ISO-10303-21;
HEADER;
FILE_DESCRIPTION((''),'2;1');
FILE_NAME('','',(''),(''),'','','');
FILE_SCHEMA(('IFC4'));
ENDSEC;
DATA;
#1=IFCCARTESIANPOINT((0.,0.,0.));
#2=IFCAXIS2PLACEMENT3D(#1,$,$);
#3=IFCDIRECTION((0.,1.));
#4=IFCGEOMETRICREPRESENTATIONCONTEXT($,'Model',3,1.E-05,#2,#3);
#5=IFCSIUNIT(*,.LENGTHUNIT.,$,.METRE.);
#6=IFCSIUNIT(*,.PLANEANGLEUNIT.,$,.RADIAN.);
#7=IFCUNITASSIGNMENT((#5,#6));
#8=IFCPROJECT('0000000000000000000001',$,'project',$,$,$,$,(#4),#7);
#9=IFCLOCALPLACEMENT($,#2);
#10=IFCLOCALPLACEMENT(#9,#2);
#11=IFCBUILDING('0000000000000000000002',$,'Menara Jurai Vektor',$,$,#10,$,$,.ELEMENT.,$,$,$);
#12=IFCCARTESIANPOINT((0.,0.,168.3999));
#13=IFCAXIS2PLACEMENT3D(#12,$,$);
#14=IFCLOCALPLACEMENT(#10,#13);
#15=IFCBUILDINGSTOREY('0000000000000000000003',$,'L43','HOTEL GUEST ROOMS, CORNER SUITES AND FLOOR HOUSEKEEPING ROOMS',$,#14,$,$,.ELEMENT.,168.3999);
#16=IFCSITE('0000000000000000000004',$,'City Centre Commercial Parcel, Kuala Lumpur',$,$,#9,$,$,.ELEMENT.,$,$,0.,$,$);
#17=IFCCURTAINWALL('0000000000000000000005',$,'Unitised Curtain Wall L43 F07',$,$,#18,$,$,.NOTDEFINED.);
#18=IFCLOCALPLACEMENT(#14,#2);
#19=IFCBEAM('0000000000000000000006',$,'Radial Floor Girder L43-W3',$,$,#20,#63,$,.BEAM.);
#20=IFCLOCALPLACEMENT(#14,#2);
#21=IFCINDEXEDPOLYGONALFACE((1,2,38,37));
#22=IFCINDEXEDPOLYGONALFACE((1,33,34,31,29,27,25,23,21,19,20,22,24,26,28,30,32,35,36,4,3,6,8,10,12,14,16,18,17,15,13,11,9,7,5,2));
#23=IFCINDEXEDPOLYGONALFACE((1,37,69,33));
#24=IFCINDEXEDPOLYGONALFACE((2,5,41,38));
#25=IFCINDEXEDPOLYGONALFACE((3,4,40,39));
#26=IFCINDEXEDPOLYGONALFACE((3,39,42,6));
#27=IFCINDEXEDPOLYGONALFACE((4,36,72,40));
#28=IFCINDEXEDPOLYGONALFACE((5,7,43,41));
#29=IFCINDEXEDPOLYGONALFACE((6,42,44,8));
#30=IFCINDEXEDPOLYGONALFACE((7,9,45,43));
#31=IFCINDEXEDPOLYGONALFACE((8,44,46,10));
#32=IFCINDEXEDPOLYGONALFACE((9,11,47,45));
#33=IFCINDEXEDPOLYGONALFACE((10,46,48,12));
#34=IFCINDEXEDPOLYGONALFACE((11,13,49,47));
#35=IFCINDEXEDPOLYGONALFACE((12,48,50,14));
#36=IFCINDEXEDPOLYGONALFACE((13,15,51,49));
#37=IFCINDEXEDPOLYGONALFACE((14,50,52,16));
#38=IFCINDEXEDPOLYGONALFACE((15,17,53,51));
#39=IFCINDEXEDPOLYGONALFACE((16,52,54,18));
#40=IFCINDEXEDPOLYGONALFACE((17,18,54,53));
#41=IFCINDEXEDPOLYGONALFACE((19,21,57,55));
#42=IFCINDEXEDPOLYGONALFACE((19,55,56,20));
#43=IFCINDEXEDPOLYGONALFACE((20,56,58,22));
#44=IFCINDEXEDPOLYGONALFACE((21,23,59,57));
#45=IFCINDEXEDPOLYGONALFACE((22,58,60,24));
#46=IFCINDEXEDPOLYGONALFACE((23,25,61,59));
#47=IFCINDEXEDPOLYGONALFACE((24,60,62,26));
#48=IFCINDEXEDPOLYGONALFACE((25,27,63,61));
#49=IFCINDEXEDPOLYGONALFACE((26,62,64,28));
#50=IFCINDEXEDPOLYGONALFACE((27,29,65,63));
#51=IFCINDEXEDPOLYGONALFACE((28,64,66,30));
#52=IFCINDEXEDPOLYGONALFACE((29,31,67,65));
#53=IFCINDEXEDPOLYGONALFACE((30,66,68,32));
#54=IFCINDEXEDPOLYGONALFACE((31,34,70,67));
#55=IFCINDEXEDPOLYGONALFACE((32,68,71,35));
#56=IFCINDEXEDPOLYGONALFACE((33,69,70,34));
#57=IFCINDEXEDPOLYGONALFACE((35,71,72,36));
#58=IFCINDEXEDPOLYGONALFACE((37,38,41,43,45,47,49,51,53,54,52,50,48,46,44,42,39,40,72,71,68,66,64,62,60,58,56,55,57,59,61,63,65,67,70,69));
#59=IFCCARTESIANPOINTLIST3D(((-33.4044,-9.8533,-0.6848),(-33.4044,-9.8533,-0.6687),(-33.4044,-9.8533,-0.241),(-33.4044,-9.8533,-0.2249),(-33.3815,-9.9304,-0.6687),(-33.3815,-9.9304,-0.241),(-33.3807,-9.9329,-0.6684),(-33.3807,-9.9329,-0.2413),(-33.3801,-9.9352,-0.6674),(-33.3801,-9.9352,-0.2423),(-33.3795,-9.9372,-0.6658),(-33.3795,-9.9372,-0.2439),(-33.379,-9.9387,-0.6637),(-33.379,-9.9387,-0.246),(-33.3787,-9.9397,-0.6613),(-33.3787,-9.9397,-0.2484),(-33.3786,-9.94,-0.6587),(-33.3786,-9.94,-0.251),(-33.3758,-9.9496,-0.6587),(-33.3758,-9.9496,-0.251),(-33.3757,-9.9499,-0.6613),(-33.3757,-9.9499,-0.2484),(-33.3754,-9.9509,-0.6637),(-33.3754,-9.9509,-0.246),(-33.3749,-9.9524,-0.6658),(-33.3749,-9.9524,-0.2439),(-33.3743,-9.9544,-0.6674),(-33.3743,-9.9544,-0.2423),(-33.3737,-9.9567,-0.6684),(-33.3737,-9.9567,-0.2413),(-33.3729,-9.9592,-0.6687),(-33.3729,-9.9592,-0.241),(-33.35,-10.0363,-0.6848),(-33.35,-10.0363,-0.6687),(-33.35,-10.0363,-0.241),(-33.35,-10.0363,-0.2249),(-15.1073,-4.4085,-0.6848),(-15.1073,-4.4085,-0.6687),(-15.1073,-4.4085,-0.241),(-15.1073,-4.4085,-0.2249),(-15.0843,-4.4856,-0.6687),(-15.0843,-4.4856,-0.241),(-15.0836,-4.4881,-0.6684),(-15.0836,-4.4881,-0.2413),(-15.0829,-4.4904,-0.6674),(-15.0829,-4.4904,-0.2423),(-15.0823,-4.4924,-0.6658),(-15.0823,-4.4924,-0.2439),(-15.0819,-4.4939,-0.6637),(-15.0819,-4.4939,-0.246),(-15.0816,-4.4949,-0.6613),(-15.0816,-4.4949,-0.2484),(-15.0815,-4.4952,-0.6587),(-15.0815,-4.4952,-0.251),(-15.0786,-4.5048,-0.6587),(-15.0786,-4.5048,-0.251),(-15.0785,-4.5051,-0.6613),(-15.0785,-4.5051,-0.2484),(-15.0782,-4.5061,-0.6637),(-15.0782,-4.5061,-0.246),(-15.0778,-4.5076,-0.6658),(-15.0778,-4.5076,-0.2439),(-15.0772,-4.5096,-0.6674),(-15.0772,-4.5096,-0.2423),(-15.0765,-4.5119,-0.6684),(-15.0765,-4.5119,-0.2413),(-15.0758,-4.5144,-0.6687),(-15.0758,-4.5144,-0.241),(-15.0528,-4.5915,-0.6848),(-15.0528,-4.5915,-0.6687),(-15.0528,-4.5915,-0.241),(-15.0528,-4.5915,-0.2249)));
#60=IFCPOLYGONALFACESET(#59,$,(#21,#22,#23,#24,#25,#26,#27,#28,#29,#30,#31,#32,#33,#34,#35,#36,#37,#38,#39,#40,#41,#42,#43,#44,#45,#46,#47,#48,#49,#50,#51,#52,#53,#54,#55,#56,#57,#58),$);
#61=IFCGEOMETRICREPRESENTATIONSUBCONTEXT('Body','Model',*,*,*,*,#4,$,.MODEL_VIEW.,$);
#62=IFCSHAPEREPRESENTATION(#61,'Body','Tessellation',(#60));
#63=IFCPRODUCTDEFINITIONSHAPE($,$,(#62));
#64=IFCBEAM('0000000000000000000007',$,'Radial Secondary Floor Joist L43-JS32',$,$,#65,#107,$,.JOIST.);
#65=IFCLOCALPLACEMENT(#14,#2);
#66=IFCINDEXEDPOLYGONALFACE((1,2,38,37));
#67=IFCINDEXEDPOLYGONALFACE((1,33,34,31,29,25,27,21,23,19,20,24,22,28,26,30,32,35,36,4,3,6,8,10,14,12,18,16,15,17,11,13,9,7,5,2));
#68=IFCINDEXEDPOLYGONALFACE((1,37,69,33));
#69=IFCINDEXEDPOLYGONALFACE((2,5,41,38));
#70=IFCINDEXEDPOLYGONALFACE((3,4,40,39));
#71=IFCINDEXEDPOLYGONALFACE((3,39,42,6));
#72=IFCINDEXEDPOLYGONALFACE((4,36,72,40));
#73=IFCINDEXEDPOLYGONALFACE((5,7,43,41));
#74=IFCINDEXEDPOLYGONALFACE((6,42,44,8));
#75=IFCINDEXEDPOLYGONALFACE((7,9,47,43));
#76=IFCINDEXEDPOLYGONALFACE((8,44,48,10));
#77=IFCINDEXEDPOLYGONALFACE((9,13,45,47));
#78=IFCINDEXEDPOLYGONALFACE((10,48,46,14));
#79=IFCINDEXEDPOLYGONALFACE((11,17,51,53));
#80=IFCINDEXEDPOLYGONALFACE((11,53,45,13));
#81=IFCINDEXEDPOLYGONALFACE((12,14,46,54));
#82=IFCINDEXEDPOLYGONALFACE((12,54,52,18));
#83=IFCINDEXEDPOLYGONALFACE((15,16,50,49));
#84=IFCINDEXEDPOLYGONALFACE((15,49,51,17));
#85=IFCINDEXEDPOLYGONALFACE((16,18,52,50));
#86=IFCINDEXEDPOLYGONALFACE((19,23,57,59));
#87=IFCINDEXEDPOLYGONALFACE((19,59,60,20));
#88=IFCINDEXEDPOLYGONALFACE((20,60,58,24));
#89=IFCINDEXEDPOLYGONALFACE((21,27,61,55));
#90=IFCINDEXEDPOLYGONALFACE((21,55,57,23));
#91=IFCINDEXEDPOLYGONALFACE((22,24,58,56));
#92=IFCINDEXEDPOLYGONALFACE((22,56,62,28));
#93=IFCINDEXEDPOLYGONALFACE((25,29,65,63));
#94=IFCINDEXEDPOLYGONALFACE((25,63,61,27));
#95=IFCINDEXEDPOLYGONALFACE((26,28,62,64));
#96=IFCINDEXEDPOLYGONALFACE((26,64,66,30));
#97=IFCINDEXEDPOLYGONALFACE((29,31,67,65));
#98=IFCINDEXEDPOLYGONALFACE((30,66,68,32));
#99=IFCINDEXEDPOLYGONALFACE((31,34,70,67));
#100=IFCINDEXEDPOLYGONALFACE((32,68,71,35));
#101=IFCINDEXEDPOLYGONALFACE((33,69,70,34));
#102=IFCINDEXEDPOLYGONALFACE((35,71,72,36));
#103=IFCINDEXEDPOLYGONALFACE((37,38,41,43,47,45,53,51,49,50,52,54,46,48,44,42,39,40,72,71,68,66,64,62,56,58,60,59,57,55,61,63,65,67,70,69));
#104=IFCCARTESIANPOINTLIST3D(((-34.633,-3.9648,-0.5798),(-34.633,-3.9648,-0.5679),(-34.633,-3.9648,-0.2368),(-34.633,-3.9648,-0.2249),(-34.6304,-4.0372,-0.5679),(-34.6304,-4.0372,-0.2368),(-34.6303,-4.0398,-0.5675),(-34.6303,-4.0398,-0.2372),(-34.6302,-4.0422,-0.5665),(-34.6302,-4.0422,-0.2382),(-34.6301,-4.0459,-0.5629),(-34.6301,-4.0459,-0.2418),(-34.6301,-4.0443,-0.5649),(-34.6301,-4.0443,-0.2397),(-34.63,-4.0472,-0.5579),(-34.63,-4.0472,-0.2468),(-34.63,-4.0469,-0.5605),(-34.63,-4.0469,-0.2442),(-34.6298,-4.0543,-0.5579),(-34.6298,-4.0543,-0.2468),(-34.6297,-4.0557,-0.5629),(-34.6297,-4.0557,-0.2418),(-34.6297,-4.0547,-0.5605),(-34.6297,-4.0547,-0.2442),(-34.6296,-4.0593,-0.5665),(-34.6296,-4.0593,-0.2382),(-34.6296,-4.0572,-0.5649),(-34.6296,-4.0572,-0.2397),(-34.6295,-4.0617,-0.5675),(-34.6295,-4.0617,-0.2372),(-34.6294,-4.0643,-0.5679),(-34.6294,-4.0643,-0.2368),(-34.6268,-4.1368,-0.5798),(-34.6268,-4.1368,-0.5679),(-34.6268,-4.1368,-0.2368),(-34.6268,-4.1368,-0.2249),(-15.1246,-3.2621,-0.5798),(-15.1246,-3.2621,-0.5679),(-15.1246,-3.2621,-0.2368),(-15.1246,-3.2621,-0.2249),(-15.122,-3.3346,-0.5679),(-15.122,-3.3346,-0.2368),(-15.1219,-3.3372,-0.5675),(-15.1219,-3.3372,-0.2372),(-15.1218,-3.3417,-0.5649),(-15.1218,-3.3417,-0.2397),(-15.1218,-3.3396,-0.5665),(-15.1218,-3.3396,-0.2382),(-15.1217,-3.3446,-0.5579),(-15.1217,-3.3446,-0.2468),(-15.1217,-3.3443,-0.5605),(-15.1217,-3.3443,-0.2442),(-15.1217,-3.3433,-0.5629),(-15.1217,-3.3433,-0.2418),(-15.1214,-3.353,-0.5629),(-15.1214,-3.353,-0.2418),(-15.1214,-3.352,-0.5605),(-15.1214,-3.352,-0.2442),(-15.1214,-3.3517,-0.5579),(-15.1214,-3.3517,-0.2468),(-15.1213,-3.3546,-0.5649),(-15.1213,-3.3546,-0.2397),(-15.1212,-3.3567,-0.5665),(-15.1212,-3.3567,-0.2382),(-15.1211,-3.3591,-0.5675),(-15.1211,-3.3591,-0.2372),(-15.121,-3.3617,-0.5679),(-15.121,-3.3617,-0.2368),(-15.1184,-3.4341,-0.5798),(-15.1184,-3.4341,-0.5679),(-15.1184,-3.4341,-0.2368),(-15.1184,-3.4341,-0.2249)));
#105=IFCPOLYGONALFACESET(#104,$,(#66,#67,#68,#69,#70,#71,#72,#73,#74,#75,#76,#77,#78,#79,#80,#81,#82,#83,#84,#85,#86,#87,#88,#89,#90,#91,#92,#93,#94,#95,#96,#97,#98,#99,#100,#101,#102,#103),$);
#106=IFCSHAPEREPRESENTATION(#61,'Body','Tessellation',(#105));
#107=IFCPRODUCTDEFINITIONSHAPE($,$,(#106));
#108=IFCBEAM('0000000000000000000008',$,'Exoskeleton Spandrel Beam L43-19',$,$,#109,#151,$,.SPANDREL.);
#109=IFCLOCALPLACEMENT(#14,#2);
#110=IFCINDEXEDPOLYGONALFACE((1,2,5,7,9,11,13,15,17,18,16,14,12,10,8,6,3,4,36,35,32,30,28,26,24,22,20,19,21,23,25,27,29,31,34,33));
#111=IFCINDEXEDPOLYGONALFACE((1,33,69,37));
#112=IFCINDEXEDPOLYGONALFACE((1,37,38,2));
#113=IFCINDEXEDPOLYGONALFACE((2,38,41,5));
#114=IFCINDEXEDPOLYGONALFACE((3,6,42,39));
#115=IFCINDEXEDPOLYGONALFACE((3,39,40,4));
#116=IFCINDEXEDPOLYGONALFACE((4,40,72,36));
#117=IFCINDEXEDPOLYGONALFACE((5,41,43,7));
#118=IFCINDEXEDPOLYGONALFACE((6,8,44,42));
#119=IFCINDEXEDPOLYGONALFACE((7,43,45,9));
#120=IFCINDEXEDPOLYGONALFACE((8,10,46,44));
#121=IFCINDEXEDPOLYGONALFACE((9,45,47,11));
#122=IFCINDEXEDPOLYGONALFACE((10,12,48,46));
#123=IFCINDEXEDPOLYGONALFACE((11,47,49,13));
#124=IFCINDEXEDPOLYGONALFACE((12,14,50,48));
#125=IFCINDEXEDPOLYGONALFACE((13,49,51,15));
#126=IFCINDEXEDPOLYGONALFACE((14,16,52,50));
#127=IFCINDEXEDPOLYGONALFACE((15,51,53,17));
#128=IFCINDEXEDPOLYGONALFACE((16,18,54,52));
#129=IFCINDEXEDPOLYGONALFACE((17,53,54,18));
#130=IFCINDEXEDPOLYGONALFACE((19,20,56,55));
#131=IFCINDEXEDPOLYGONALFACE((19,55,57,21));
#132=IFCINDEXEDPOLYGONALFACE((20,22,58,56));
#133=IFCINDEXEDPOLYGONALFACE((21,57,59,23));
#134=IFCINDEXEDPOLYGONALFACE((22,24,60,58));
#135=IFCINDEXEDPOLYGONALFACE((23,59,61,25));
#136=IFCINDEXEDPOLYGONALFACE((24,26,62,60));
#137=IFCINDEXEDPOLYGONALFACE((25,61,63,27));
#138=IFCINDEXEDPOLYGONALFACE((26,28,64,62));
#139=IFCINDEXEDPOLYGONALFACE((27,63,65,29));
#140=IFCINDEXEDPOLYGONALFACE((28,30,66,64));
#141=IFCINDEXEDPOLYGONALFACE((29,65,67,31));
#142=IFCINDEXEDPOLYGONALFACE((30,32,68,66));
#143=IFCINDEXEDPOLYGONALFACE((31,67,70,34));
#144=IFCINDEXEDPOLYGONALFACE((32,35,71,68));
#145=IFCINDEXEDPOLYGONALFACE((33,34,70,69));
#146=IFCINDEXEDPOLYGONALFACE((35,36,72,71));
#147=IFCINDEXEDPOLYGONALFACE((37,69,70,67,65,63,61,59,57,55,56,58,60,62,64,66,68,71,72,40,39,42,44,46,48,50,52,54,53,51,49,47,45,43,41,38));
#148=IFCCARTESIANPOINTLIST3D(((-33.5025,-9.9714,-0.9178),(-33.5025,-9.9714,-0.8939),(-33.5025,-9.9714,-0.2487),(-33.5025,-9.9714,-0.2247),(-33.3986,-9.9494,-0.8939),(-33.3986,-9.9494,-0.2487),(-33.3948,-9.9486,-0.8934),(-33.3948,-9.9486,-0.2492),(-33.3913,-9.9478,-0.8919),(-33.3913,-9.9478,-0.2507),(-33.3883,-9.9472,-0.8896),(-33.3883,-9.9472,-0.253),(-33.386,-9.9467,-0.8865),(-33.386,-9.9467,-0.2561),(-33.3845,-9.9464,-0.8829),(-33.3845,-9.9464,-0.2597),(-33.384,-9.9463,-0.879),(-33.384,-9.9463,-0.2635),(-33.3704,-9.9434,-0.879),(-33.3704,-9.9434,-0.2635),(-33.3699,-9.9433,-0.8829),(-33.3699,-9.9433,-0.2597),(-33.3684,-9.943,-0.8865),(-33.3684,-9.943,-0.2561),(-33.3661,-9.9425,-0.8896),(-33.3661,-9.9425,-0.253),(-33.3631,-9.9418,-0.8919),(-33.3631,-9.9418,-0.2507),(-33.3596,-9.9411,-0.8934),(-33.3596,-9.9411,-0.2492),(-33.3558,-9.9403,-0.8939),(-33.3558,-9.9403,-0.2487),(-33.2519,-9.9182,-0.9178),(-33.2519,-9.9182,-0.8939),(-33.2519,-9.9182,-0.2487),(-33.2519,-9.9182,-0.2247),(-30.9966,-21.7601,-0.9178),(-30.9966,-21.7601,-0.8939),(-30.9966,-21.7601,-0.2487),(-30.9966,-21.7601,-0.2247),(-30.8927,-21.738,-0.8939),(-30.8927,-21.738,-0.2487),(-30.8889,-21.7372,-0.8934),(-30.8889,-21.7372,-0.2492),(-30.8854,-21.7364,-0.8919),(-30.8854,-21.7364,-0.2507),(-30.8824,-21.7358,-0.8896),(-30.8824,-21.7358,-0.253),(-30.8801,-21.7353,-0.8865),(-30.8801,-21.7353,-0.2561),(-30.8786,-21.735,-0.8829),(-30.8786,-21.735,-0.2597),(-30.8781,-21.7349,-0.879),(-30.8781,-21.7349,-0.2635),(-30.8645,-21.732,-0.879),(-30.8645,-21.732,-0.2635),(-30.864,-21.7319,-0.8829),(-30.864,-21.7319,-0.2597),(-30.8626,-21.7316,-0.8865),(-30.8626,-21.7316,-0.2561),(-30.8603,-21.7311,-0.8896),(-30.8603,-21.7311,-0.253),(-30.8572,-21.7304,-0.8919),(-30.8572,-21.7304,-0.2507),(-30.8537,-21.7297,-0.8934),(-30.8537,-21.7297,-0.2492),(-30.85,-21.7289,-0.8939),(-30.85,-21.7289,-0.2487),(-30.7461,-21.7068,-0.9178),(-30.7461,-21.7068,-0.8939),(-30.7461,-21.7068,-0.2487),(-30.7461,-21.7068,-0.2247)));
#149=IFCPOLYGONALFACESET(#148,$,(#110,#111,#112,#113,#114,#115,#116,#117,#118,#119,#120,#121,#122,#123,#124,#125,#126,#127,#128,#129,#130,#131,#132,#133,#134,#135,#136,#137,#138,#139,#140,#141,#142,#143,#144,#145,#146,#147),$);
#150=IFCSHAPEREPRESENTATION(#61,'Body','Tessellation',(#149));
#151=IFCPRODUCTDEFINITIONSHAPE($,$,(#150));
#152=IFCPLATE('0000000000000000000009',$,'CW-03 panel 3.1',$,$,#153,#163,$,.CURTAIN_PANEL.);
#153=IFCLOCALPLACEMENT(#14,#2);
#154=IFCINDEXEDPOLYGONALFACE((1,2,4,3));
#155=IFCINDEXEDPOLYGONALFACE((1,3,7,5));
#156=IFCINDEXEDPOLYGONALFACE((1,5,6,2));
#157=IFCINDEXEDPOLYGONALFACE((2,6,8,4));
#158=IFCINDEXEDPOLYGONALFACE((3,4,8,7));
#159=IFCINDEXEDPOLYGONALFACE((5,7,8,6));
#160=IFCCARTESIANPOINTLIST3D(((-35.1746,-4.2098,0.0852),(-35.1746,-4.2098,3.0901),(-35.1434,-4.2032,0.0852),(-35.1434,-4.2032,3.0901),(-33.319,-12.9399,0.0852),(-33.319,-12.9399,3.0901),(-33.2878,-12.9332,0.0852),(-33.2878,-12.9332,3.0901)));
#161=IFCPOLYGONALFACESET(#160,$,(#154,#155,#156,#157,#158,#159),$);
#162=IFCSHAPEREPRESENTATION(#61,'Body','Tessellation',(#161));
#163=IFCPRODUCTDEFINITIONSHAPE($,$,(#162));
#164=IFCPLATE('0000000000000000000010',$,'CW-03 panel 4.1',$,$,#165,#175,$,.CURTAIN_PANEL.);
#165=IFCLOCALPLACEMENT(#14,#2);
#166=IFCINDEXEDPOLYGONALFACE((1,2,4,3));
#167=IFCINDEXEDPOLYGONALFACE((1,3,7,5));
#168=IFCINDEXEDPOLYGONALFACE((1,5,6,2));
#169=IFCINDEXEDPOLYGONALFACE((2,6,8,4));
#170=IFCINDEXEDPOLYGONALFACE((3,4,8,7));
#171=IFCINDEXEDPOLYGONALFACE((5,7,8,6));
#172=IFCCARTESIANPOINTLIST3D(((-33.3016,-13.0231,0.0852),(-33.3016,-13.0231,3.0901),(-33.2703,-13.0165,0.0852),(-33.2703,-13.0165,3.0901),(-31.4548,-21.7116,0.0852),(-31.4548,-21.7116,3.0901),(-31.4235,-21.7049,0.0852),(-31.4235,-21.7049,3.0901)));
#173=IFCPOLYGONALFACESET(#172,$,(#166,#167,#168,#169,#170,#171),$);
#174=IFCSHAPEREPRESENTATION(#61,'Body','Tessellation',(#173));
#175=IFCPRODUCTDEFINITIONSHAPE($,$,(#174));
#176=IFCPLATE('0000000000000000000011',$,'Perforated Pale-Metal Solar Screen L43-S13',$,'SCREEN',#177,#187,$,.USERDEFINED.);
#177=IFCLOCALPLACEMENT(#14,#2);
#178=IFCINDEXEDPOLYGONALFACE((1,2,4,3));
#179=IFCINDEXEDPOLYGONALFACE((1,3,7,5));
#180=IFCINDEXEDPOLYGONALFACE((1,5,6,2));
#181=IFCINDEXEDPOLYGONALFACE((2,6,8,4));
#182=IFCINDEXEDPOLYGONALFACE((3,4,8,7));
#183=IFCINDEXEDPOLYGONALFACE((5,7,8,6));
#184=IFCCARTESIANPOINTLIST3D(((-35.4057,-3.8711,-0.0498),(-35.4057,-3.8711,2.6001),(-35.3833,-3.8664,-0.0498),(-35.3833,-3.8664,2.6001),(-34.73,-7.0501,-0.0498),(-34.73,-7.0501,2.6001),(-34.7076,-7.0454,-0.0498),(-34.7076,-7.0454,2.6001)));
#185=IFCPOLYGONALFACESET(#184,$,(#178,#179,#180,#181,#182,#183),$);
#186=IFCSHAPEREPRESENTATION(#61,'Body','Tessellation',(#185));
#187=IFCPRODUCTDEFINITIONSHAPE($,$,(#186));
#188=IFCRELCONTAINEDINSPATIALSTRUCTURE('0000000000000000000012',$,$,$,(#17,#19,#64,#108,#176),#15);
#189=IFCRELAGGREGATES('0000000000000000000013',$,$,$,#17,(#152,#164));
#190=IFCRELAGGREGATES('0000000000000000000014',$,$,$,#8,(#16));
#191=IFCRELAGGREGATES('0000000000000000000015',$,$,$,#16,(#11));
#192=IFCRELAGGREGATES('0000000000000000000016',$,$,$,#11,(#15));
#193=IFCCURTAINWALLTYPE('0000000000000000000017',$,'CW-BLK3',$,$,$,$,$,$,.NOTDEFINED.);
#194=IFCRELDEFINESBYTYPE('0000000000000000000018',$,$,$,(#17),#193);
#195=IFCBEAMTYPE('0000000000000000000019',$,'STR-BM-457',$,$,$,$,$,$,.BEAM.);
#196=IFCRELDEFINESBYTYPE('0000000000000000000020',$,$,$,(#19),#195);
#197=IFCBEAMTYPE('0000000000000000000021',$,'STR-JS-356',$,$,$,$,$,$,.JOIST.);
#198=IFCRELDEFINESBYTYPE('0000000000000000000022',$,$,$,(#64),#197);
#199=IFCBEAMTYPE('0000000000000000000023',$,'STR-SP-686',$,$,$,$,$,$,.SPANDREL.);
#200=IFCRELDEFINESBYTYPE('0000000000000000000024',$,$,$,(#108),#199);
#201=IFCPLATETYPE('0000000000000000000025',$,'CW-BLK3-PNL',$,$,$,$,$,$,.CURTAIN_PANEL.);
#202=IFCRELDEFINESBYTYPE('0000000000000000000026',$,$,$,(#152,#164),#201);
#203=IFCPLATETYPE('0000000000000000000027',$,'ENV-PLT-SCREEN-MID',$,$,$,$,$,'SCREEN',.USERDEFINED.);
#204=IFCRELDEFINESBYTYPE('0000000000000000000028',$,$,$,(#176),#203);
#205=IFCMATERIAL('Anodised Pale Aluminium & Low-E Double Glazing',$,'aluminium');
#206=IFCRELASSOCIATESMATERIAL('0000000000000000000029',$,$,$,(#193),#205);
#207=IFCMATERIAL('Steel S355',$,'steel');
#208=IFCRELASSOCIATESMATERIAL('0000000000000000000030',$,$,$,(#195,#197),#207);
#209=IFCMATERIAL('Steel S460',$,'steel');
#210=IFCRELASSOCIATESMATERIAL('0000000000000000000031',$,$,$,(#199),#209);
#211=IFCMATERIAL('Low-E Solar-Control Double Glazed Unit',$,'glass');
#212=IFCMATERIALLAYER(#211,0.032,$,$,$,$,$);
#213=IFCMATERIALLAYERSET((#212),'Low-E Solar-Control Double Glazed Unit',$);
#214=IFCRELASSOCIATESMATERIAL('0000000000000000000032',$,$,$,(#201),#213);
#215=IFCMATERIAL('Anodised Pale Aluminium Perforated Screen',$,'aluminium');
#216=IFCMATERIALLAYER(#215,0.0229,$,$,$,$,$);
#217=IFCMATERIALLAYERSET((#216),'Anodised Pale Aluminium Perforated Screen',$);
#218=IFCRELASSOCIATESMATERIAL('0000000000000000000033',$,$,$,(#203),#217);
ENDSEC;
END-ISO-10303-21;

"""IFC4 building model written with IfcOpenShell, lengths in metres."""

from ifc_helpers import new_model, si_unit, direction, frame, origin, origin_2d, place, context, subcontext, project, spatial, rectangle, i_section, extrude, material, layer, layer_set, material_profile, profile_set, type_object, element, aggregate, save


model = new_model("IFC4")

# Units and contexts
model_context = context("Model", 3, precision=1e-05, world=origin(), true_north=direction((0.0, 1.0)))
body_context = subcontext(model_context, "Body", "Model", "MODEL_VIEW")
ifc_project = project(units=[si_unit("LENGTHUNIT", "METRE"), si_unit("PLANEANGLEUNIT", "RADIAN")], contexts=[model_context])

# Site, building, storey
site_placement = place(None, origin())
site = spatial("IfcSite", under=ifc_project, at=site_placement, Name="City Centre Commercial Parcel, Kuala Lumpur", CompositionType="ELEMENT", RefElevation=0.0)
building_placement = place(site_placement, origin())
building = spatial("IfcBuilding", under=site, at=building_placement, Name="Menara Jurai Vektor", CompositionType="ELEMENT")
storey_placement = place(building_placement, frame((0.0, 0.0, 168.3999)))
storey = spatial("IfcBuildingStorey", under=building, at=storey_placement, Name="L43", Description="HOTEL GUEST ROOMS, CORNER SUITES AND FLOOR HOUSEKEEPING ROOMS", CompositionType="ELEMENT", Elevation=168.3999)

# Shared definitions
ifc_material_1 = material(Name="Steel S460", Category="steel")

# Curtain wall
ifc_material_2 = material(Name="Anodised Pale Aluminium & Low-E Double Glazing", Category="aluminium")
curtain_wall_type = type_object("IfcCurtainWallType", Name="CW-BLK3", PredefinedType="NOTDEFINED", material=ifc_material_2)
curtain_wall_placement = place(storey_placement, origin())
curtain_wall = element("IfcCurtainWall", 1, at=curtain_wall_placement, inside=storey, type_object=curtain_wall_type, Name="Unitised Curtain Wall L43 F07", PredefinedType="NOTDEFINED")

# Beams
ifc_material_3 = material(Name="Steel S355", Category="steel")
ifc_material_profile_1 = material_profile(ifc_material_3, i_section(OverallWidth=0.1909, OverallDepth=0.46, WebThickness=0.01, FlangeThickness=0.0161, FilletRadius=0.01, at=origin_2d()), Name="UKB 457x191x82")
ifc_profile_set_1 = profile_set([ifc_material_profile_1], Name="Steel S355")
beam_type_1 = type_object("IfcBeamType", Name="STR-BM-457", PredefinedType="BEAM", material=ifc_profile_set_1)
beam_1_placement = place(storey_placement, frame((-33.3772, -9.9448, -0.4548), z_axis=(0.958463, 0.285218, 0.0), x_axis=(-0.285218, 0.958463, 0.0)))
element("IfcBeam", 2, at=beam_1_placement, inside=storey, type_object=beam_type_1, Name="Radial Floor Girder L43-W3", PredefinedType="BEAM", context=body_context, shape_type="SweptSolid", body=[
    extrude(i_section(OverallWidth=0.1909, OverallDepth=0.46, WebThickness=0.01, FlangeThickness=0.0161, FilletRadius=0.01, at=origin_2d()), origin(), (0.0, 0.0, 1.0), 19.0901),
])
ifc_material_profile_2 = material_profile(ifc_material_3, i_section(OverallWidth=0.1721, OverallDepth=0.355, WebThickness=0.0071, FlangeThickness=0.012, FilletRadius=0.01, at=origin_2d()), Name="UKB 356x171x51")
ifc_profile_set_2 = profile_set([ifc_material_profile_2], Name="Steel S355")
beam_type_2 = type_object("IfcBeamType", Name="STR-JS-356", PredefinedType="JOIST", material=ifc_profile_set_2)
beam_2_placement = place(storey_placement, frame((-34.6299, -4.0508, -0.4023), z_axis=(0.999352, 0.035994, 0.0), x_axis=(-0.035994, 0.999352, 0.0)))
element("IfcBeam", 3, at=beam_2_placement, inside=storey, type_object=beam_type_2, Name="Radial Secondary Floor Joist L43-JS32", PredefinedType="JOIST", context=body_context, shape_type="SweptSolid", body=[
    extrude(i_section(OverallWidth=0.1721, OverallDepth=0.355, WebThickness=0.0071, FlangeThickness=0.012, FilletRadius=0.01, at=origin_2d()), origin(), (0.0, 0.0, 1.0), 19.521),
])
ifc_material_profile_3 = material_profile(ifc_material_1, i_section(OverallWidth=0.2561, OverallDepth=0.6931, WebThickness=0.0139, FlangeThickness=0.0239, FilletRadius=0.0149, at=origin_2d()), Name="UKB 686x254x170")
ifc_profile_set_3 = profile_set([ifc_material_profile_3], Name="Steel S460")
beam_type_3 = type_object("IfcBeamType", Name="STR-SP-686", PredefinedType="SPANDREL", material=ifc_profile_set_3)
beam_3_placement = place(storey_placement, frame((-33.3772, -9.9448, -0.5713), z_axis=(0.207921, -0.978146, 0.0), x_axis=(0.978146, 0.207921, 0.0)))
element("IfcBeam", 4, at=beam_3_placement, inside=storey, type_object=beam_type_3, Name="Exoskeleton Spandrel Beam L43-19", PredefinedType="SPANDREL", context=body_context, shape_type="SweptSolid", body=[
    extrude(i_section(OverallWidth=0.2561, OverallDepth=0.6931, WebThickness=0.0139, FlangeThickness=0.0239, FilletRadius=0.0149, at=origin_2d()), origin(), (0.0, 0.0, 1.0), 12.052),
])

# Plates
ifc_material_4 = material(Name="Low-E Solar-Control Double Glazed Unit", Category="glass")
ifc_layer_1 = layer(ifc_material_4, 0.032)
ifc_layer_set_1 = layer_set([ifc_layer_1], Name="Low-E Solar-Control Double Glazed Unit")
plate_type_1 = type_object("IfcPlateType", Name="CW-BLK3-PNL", PredefinedType="CURTAIN_PANEL", material=ifc_layer_set_1)
plate_1_placement = place(storey_placement, frame((-34.2312, -8.5715, 0.0852), z_axis=(0.0, 0.0, 1.0), x_axis=(0.20791, -0.978148, 0.0)))
plate_1 = element("IfcPlate", 5, at=plate_1_placement, type_object=plate_type_1, Name="CW-03 panel 3.1", PredefinedType="CURTAIN_PANEL", context=body_context, shape_type="SweptSolid", body=[
    extrude(rectangle(XDim=8.925, YDim=0.032, at=origin_2d()), origin(), (0.0, 0.0, 1.0), 3.0049),
])
plate_2_placement = place(storey_placement, frame((-32.3625, -17.364, 0.0852), z_axis=(0.0, 0.0, 1.0), x_axis=(0.20791, -0.978148, 0.0)))
plate_2 = element("IfcPlate", 6, at=plate_2_placement, type_object=plate_type_1, Name="CW-03 panel 4.1", PredefinedType="CURTAIN_PANEL", context=body_context, shape_type="SweptSolid", body=[
    extrude(rectangle(XDim=8.8826, YDim=0.032, at=origin_2d()), origin(), (0.0, 0.0, 1.0), 3.0049),
])
aggregate(curtain_wall, [plate_1, plate_2])

# Plate
ifc_material_5 = material(Name="Anodised Pale Aluminium Perforated Screen", Category="aluminium")
ifc_layer_2 = layer(ifc_material_5, 0.0229)
ifc_layer_set_2 = layer_set([ifc_layer_2], Name="Anodised Pale Aluminium Perforated Screen")
plate_type_2 = type_object("IfcPlateType", Name="ENV-PLT-SCREEN-MID", ElementType="SCREEN", PredefinedType="USERDEFINED", material=ifc_layer_set_2)
for number, where, z_axis, x_axis, name in (
    (7, (-35.0566, -5.4583, -0.0498), (0.0, 0.0, 1.0), (0.207912, -0.978148, 0.0), "Perforated Pale-Metal Solar Screen L43-S13"),
):
    element("IfcPlate", number, at=place(storey_placement, frame(where, z_axis=z_axis, x_axis=x_axis)), inside=storey, type_object=plate_type_2, Name=name, ObjectType="SCREEN", PredefinedType="USERDEFINED", context=body_context, shape_type="SweptSolid", body=[
        extrude(rectangle(XDim=3.25, YDim=0.0229, at=origin_2d()), origin(), (0.0, 0.0, 1.0), 2.6499),
    ])

save(model, "model.ifc")
